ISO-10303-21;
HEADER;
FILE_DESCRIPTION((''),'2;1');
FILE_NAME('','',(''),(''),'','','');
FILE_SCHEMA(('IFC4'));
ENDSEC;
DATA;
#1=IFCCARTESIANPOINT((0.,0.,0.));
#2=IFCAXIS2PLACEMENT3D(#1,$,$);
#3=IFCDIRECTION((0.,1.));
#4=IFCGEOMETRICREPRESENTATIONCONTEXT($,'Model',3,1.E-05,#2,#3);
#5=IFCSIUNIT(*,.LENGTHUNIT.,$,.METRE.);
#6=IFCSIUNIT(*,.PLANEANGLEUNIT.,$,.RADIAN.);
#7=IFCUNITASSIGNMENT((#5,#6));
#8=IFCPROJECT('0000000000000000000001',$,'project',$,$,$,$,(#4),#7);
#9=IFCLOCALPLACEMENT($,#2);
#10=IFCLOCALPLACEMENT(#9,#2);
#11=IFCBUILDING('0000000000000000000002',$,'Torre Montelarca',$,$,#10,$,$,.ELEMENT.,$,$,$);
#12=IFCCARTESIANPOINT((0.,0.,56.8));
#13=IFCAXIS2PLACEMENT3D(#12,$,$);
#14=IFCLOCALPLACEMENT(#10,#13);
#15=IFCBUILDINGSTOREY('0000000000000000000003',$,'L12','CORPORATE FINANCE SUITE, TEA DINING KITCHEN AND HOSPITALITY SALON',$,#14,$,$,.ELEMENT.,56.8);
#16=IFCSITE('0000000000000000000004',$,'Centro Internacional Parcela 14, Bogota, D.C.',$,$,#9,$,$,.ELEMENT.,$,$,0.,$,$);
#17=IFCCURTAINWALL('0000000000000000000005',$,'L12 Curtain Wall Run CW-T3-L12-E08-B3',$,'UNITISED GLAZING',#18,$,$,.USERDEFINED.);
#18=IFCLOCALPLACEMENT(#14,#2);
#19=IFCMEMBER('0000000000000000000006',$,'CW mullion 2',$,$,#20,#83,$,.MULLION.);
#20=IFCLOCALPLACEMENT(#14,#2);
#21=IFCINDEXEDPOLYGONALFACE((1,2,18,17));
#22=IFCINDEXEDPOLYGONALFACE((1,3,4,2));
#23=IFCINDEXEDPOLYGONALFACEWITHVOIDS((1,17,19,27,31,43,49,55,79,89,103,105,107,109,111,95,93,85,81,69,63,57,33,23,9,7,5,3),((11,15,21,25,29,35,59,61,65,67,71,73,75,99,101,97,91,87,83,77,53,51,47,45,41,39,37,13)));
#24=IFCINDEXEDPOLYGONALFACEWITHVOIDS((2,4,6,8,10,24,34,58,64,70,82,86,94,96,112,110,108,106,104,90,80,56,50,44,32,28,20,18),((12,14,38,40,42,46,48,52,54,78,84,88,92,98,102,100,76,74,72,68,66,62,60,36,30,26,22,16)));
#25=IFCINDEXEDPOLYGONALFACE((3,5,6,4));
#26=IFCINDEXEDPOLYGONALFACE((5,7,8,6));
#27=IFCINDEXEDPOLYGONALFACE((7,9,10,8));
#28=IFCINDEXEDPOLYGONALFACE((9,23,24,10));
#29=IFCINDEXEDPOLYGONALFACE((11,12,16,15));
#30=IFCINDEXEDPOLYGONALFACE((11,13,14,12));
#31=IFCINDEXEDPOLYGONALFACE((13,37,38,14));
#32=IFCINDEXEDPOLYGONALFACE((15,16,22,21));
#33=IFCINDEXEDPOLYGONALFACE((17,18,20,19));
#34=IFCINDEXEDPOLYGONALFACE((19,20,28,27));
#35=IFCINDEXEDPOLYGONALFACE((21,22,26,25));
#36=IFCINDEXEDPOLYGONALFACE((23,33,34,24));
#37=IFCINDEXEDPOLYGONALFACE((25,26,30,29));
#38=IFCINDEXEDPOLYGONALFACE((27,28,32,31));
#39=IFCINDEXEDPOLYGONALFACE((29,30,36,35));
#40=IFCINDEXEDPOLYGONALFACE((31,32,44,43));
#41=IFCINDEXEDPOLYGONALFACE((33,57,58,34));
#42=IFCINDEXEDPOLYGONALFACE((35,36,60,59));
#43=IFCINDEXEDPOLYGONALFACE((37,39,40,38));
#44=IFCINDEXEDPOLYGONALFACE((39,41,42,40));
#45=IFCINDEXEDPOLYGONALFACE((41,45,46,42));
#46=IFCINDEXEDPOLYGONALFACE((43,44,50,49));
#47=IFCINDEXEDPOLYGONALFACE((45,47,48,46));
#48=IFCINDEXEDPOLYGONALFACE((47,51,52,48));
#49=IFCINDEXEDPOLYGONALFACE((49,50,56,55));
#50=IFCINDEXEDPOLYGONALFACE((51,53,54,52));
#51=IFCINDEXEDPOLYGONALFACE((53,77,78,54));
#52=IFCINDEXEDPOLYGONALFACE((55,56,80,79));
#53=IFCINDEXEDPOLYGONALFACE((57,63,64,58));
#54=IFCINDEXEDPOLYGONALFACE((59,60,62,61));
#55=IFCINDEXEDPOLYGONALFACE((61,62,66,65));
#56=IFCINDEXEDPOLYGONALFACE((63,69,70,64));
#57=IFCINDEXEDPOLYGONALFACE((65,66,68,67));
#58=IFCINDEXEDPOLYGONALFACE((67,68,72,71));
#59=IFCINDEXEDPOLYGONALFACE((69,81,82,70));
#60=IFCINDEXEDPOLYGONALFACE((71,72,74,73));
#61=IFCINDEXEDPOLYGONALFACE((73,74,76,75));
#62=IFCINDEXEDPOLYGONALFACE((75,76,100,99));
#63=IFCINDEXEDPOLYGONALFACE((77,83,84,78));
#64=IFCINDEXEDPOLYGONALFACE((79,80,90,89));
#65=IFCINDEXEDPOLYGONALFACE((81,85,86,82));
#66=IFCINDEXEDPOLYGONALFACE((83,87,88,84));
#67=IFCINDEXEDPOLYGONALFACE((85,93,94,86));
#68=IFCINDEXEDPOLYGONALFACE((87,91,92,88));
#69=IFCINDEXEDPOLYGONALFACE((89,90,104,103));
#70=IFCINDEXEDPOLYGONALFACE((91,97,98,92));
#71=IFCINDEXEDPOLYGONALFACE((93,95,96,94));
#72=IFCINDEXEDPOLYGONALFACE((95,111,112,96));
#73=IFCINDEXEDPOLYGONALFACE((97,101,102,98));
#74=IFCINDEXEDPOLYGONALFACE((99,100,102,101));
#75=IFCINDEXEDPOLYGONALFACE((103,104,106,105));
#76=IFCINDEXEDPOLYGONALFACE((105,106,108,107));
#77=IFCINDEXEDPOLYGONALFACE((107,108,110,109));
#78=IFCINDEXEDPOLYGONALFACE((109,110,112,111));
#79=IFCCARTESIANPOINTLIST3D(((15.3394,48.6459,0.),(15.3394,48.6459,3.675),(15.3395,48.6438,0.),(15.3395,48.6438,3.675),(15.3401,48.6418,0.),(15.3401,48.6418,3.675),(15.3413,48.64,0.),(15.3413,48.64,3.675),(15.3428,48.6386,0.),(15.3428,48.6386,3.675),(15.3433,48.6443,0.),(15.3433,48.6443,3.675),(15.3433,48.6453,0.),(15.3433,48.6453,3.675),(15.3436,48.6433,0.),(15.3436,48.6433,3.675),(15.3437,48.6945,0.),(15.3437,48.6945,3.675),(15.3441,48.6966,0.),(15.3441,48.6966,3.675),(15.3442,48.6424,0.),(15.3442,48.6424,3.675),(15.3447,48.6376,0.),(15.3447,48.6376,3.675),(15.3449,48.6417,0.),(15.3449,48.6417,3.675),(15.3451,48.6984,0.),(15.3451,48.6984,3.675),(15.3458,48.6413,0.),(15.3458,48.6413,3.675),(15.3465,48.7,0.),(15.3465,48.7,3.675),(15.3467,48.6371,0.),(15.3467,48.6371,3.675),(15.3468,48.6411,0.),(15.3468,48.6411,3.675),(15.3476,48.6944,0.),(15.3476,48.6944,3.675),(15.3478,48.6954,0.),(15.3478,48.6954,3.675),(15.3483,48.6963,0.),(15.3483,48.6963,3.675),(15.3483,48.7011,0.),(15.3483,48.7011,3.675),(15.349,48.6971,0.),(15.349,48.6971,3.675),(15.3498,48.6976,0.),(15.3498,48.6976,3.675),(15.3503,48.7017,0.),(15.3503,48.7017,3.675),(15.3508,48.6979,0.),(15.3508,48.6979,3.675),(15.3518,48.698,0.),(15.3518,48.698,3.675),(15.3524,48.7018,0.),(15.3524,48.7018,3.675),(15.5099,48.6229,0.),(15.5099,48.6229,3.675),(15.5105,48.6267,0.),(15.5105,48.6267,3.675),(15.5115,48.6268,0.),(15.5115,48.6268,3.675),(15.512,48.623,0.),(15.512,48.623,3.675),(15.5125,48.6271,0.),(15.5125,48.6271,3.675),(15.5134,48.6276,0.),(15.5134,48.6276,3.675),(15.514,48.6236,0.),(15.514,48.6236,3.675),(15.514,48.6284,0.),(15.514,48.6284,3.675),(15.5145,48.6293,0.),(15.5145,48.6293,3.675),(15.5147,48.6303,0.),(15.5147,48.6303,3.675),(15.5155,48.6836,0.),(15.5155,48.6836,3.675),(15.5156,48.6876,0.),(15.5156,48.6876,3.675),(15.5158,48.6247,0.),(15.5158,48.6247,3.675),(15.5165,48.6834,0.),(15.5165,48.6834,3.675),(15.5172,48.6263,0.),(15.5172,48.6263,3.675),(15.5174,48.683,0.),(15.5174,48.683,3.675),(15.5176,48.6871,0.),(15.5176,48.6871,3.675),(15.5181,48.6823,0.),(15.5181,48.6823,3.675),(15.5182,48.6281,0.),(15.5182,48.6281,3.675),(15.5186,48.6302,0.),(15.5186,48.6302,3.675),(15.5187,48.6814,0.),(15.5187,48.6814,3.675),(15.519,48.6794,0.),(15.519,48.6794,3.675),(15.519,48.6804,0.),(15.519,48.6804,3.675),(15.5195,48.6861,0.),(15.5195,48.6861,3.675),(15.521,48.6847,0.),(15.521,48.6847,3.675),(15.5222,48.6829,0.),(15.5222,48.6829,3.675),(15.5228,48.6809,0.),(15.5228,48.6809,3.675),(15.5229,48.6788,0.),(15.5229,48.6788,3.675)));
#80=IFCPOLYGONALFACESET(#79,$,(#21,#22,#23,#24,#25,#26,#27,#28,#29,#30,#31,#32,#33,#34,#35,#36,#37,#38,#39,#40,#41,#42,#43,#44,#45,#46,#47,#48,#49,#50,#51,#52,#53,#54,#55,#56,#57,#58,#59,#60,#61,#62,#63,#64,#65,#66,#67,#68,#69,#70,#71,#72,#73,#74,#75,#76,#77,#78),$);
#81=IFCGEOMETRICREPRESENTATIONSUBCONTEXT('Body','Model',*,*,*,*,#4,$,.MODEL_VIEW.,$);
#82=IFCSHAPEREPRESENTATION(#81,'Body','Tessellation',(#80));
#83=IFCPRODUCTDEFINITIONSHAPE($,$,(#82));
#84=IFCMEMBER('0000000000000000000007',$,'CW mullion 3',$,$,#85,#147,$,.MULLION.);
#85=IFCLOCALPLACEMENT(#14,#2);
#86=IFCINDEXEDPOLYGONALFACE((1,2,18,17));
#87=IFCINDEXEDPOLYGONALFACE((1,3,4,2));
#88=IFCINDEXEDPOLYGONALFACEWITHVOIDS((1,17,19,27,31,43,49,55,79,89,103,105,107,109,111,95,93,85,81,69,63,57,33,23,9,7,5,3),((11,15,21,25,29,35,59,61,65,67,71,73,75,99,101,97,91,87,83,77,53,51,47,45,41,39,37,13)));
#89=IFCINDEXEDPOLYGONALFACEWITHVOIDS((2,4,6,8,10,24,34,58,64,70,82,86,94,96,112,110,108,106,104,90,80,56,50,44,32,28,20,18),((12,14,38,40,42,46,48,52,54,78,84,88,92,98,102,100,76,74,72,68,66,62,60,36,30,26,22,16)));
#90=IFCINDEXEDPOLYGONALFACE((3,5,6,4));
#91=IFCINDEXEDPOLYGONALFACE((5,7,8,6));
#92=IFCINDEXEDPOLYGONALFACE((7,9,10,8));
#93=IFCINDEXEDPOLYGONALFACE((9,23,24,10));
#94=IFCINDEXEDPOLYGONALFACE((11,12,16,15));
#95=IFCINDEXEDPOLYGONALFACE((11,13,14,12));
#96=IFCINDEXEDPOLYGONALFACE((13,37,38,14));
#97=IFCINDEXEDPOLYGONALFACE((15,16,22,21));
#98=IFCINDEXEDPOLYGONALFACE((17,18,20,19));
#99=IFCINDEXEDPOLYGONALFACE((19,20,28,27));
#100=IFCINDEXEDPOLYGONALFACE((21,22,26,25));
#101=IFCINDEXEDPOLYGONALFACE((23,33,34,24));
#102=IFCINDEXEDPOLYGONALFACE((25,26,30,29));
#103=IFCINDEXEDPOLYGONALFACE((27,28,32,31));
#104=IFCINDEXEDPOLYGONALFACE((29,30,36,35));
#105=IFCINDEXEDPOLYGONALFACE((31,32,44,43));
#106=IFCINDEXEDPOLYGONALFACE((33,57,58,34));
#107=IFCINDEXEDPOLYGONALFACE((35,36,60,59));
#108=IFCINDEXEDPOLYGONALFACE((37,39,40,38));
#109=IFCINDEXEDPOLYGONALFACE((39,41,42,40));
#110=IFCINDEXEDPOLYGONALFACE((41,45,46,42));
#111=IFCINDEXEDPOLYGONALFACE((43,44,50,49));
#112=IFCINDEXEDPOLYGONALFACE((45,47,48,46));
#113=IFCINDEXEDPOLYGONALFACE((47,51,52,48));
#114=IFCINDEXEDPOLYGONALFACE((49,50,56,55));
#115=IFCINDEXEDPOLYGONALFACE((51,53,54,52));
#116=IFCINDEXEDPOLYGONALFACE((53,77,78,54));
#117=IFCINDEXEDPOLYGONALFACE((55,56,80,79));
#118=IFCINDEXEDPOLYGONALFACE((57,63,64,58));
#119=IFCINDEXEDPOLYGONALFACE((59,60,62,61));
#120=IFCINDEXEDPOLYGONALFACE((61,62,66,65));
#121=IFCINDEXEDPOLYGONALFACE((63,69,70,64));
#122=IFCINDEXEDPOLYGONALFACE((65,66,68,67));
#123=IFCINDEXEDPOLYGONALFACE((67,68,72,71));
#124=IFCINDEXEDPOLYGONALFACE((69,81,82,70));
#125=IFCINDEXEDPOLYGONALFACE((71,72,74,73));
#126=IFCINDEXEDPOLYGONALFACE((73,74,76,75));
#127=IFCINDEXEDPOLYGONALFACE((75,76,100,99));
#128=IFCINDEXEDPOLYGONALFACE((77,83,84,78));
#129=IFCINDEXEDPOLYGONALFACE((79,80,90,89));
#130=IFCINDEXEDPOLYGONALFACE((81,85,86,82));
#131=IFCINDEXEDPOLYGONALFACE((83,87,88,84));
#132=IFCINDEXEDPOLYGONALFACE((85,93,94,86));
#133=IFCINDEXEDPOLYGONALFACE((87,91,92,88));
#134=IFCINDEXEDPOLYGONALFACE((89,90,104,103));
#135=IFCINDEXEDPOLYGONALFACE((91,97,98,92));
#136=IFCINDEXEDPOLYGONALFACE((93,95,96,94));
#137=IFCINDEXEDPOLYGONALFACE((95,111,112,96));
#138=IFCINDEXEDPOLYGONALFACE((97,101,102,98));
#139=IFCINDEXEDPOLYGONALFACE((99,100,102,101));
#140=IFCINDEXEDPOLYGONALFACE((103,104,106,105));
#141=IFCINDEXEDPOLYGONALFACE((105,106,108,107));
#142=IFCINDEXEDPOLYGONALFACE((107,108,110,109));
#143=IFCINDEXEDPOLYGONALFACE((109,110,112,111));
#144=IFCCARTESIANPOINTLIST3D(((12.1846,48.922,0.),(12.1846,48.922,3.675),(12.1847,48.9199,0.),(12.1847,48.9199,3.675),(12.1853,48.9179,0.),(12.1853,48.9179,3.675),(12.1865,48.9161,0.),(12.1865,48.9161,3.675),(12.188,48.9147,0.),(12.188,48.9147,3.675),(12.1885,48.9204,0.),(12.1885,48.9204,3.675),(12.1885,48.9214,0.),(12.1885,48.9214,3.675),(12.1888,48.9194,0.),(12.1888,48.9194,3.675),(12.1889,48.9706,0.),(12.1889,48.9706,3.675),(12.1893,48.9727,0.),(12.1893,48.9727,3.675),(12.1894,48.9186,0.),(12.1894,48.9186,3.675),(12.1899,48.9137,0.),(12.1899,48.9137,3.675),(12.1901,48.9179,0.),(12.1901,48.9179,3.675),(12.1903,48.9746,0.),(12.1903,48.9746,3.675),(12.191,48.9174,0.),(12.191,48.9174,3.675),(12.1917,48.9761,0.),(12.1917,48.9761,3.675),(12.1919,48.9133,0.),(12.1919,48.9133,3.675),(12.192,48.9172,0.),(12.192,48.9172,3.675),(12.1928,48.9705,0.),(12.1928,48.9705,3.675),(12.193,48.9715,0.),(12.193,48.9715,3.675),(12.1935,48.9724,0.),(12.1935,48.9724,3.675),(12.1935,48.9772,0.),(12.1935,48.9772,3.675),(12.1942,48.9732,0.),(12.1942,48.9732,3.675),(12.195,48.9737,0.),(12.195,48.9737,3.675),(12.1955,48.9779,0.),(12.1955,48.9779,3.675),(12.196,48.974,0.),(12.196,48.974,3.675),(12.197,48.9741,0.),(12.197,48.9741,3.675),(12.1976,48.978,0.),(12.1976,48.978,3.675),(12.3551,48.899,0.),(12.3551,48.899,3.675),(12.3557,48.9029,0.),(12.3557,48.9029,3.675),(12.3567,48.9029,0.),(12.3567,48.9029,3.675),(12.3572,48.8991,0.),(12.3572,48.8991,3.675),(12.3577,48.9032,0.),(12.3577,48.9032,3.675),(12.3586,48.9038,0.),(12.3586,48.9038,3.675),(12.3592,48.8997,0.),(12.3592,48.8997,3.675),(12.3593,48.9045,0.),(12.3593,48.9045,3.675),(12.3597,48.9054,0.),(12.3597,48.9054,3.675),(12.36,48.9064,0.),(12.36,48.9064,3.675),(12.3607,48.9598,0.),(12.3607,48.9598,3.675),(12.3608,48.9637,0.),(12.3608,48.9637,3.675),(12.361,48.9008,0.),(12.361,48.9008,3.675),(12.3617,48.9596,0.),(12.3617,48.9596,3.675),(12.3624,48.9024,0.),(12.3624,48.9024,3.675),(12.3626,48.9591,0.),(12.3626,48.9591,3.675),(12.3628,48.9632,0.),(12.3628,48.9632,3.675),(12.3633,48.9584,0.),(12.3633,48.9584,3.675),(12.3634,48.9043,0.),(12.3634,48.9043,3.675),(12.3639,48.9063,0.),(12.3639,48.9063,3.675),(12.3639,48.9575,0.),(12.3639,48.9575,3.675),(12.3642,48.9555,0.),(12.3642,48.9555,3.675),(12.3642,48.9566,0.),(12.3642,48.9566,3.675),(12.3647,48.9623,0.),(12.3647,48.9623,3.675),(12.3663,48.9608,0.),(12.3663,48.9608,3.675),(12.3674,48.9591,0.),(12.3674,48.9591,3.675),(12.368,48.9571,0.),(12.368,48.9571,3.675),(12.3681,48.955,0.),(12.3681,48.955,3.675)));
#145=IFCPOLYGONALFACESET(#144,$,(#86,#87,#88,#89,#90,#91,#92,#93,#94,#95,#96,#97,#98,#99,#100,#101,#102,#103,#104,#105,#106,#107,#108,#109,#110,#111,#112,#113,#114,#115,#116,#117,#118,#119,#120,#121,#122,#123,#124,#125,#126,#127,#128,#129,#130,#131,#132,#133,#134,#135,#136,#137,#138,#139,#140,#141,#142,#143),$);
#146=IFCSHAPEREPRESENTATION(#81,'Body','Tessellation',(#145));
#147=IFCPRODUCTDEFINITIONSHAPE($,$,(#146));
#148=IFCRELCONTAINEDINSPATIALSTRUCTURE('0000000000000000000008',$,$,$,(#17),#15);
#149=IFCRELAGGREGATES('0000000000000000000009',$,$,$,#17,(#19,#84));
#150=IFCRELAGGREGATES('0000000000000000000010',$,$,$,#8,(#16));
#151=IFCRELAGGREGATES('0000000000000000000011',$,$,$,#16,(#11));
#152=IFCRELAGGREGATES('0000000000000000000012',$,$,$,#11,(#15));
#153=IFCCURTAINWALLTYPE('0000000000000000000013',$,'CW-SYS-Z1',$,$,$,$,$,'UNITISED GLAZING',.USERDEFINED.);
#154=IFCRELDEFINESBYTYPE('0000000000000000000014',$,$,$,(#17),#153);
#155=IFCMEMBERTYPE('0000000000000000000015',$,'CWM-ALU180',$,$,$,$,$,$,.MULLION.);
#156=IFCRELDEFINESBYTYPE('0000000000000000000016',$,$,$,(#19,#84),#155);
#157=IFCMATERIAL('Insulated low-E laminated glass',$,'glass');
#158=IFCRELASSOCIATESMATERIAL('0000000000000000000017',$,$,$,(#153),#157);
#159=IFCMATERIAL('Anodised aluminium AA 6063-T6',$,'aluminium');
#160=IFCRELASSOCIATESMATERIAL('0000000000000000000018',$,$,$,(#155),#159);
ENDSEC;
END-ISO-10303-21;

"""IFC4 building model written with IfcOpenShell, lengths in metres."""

from ifc_helpers import new_model, si_unit, direction, frame, origin, origin_2d, place, context, subcontext, project, spatial, hollow_rectangle, extrude, source, transform, mapped, material, material_profile, profile_set, type_object, element, aggregate, save


model = new_model("IFC4")

# Units and contexts
model_context = context("Model", 3, precision=1e-05, world=origin(), true_north=direction((0.0, 1.0)))
body_context = subcontext(model_context, "Body", "Model", "MODEL_VIEW")
ifc_project = project(units=[si_unit("LENGTHUNIT", "METRE"), si_unit("PLANEANGLEUNIT", "RADIAN")], contexts=[model_context])

# Site, building, storey
site_placement = place(None, origin())
site = spatial("IfcSite", under=ifc_project, at=site_placement, Name="Centro Internacional Parcela 14, Bogota, D.C.", CompositionType="ELEMENT", RefElevation=0.0)
building_placement = place(site_placement, origin())
building = spatial("IfcBuilding", under=site, at=building_placement, Name="Torre Montelarca", CompositionType="ELEMENT")
storey_placement = place(building_placement, frame((0.0, 0.0, 56.8)))
storey = spatial("IfcBuildingStorey", under=building, at=storey_placement, Name="L12", Description="CORPORATE FINANCE SUITE, TEA DINING KITCHEN AND HOSPITALITY SALON", CompositionType="ELEMENT", Elevation=56.8)

# Shared definitions
ifc_material_1 = material(Name="Insulated low-E laminated glass", Category="glass")
curtain_wall_type = type_object("IfcCurtainWallType", Name="CW-SYS-Z1", ElementType="UNITISED GLAZING", PredefinedType="USERDEFINED", material=ifc_material_1)
ifc_material_2 = material(Name="Anodised aluminium AA 6063-T6", Category="aluminium")
ifc_material_profile_1 = material_profile(ifc_material_2, hollow_rectangle(XDim=0.0649, YDim=0.1799, WallThickness=0.0039, InnerFilletRadius=0.0039, OuterFilletRadius=0.0081, at=origin_2d()), Name="ALU65X180X4", Category="aluminium")
ifc_profile_set_1 = profile_set([ifc_material_profile_1], Name="Anodised aluminium AA 6063-T6")
member_type_1 = type_object("IfcMemberType", Name="CWM-ALU180", PredefinedType="MULLION", material=ifc_profile_set_1)

# Shared definitions
shared_shape_1 = source(origin(), body_context, "Body", "SweptSolid", [
    extrude(hollow_rectangle(XDim=0.0649, YDim=0.1799, WallThickness=0.0039, InnerFilletRadius=0.0039, OuterFilletRadius=0.0081, at=origin_2d()), origin(), (0.0, 0.0, 1.0), 3.675),
])

# Curtain wall, members
curtain_wall_1_placement = place(storey_placement, origin())
curtain_wall_1 = element("IfcCurtainWall", 1, at=curtain_wall_1_placement, inside=storey, type_object=curtain_wall_type, Name="L12 Curtain Wall Run CW-T3-L12-E08-B3", ObjectType="UNITISED GLAZING", PredefinedType="USERDEFINED")
member_1_placement = place(storey_placement, frame((15.4312, 48.6624, 0.0), z_axis=(0.0, 0.0, 1.0), x_axis=(-0.08716, -0.996194, 0.0)))
member_1 = element("IfcMember", 2, at=member_1_placement, type_object=member_type_1, Name="CW mullion 2", PredefinedType="MULLION", context=body_context, shape_type="MappedRepresentation", body=[
    mapped(shared_shape_1, transform((0.0, 0.0, 0.0), scale=1.0)),
])
member_2_placement = place(storey_placement, frame((12.2764, 48.9385, 0.0), z_axis=(0.0, 0.0, 1.0), x_axis=(-0.08716, -0.996194, 0.0)))
member_2 = element("IfcMember", 3, at=member_2_placement, type_object=member_type_1, Name="CW mullion 3", PredefinedType="MULLION", context=body_context, shape_type="MappedRepresentation", body=[
    mapped(shared_shape_1, transform((0.0, 0.0, 0.0), scale=1.0)),
])

aggregate(curtain_wall_1, [member_1, member_2])

save(model, "model.ifc")
